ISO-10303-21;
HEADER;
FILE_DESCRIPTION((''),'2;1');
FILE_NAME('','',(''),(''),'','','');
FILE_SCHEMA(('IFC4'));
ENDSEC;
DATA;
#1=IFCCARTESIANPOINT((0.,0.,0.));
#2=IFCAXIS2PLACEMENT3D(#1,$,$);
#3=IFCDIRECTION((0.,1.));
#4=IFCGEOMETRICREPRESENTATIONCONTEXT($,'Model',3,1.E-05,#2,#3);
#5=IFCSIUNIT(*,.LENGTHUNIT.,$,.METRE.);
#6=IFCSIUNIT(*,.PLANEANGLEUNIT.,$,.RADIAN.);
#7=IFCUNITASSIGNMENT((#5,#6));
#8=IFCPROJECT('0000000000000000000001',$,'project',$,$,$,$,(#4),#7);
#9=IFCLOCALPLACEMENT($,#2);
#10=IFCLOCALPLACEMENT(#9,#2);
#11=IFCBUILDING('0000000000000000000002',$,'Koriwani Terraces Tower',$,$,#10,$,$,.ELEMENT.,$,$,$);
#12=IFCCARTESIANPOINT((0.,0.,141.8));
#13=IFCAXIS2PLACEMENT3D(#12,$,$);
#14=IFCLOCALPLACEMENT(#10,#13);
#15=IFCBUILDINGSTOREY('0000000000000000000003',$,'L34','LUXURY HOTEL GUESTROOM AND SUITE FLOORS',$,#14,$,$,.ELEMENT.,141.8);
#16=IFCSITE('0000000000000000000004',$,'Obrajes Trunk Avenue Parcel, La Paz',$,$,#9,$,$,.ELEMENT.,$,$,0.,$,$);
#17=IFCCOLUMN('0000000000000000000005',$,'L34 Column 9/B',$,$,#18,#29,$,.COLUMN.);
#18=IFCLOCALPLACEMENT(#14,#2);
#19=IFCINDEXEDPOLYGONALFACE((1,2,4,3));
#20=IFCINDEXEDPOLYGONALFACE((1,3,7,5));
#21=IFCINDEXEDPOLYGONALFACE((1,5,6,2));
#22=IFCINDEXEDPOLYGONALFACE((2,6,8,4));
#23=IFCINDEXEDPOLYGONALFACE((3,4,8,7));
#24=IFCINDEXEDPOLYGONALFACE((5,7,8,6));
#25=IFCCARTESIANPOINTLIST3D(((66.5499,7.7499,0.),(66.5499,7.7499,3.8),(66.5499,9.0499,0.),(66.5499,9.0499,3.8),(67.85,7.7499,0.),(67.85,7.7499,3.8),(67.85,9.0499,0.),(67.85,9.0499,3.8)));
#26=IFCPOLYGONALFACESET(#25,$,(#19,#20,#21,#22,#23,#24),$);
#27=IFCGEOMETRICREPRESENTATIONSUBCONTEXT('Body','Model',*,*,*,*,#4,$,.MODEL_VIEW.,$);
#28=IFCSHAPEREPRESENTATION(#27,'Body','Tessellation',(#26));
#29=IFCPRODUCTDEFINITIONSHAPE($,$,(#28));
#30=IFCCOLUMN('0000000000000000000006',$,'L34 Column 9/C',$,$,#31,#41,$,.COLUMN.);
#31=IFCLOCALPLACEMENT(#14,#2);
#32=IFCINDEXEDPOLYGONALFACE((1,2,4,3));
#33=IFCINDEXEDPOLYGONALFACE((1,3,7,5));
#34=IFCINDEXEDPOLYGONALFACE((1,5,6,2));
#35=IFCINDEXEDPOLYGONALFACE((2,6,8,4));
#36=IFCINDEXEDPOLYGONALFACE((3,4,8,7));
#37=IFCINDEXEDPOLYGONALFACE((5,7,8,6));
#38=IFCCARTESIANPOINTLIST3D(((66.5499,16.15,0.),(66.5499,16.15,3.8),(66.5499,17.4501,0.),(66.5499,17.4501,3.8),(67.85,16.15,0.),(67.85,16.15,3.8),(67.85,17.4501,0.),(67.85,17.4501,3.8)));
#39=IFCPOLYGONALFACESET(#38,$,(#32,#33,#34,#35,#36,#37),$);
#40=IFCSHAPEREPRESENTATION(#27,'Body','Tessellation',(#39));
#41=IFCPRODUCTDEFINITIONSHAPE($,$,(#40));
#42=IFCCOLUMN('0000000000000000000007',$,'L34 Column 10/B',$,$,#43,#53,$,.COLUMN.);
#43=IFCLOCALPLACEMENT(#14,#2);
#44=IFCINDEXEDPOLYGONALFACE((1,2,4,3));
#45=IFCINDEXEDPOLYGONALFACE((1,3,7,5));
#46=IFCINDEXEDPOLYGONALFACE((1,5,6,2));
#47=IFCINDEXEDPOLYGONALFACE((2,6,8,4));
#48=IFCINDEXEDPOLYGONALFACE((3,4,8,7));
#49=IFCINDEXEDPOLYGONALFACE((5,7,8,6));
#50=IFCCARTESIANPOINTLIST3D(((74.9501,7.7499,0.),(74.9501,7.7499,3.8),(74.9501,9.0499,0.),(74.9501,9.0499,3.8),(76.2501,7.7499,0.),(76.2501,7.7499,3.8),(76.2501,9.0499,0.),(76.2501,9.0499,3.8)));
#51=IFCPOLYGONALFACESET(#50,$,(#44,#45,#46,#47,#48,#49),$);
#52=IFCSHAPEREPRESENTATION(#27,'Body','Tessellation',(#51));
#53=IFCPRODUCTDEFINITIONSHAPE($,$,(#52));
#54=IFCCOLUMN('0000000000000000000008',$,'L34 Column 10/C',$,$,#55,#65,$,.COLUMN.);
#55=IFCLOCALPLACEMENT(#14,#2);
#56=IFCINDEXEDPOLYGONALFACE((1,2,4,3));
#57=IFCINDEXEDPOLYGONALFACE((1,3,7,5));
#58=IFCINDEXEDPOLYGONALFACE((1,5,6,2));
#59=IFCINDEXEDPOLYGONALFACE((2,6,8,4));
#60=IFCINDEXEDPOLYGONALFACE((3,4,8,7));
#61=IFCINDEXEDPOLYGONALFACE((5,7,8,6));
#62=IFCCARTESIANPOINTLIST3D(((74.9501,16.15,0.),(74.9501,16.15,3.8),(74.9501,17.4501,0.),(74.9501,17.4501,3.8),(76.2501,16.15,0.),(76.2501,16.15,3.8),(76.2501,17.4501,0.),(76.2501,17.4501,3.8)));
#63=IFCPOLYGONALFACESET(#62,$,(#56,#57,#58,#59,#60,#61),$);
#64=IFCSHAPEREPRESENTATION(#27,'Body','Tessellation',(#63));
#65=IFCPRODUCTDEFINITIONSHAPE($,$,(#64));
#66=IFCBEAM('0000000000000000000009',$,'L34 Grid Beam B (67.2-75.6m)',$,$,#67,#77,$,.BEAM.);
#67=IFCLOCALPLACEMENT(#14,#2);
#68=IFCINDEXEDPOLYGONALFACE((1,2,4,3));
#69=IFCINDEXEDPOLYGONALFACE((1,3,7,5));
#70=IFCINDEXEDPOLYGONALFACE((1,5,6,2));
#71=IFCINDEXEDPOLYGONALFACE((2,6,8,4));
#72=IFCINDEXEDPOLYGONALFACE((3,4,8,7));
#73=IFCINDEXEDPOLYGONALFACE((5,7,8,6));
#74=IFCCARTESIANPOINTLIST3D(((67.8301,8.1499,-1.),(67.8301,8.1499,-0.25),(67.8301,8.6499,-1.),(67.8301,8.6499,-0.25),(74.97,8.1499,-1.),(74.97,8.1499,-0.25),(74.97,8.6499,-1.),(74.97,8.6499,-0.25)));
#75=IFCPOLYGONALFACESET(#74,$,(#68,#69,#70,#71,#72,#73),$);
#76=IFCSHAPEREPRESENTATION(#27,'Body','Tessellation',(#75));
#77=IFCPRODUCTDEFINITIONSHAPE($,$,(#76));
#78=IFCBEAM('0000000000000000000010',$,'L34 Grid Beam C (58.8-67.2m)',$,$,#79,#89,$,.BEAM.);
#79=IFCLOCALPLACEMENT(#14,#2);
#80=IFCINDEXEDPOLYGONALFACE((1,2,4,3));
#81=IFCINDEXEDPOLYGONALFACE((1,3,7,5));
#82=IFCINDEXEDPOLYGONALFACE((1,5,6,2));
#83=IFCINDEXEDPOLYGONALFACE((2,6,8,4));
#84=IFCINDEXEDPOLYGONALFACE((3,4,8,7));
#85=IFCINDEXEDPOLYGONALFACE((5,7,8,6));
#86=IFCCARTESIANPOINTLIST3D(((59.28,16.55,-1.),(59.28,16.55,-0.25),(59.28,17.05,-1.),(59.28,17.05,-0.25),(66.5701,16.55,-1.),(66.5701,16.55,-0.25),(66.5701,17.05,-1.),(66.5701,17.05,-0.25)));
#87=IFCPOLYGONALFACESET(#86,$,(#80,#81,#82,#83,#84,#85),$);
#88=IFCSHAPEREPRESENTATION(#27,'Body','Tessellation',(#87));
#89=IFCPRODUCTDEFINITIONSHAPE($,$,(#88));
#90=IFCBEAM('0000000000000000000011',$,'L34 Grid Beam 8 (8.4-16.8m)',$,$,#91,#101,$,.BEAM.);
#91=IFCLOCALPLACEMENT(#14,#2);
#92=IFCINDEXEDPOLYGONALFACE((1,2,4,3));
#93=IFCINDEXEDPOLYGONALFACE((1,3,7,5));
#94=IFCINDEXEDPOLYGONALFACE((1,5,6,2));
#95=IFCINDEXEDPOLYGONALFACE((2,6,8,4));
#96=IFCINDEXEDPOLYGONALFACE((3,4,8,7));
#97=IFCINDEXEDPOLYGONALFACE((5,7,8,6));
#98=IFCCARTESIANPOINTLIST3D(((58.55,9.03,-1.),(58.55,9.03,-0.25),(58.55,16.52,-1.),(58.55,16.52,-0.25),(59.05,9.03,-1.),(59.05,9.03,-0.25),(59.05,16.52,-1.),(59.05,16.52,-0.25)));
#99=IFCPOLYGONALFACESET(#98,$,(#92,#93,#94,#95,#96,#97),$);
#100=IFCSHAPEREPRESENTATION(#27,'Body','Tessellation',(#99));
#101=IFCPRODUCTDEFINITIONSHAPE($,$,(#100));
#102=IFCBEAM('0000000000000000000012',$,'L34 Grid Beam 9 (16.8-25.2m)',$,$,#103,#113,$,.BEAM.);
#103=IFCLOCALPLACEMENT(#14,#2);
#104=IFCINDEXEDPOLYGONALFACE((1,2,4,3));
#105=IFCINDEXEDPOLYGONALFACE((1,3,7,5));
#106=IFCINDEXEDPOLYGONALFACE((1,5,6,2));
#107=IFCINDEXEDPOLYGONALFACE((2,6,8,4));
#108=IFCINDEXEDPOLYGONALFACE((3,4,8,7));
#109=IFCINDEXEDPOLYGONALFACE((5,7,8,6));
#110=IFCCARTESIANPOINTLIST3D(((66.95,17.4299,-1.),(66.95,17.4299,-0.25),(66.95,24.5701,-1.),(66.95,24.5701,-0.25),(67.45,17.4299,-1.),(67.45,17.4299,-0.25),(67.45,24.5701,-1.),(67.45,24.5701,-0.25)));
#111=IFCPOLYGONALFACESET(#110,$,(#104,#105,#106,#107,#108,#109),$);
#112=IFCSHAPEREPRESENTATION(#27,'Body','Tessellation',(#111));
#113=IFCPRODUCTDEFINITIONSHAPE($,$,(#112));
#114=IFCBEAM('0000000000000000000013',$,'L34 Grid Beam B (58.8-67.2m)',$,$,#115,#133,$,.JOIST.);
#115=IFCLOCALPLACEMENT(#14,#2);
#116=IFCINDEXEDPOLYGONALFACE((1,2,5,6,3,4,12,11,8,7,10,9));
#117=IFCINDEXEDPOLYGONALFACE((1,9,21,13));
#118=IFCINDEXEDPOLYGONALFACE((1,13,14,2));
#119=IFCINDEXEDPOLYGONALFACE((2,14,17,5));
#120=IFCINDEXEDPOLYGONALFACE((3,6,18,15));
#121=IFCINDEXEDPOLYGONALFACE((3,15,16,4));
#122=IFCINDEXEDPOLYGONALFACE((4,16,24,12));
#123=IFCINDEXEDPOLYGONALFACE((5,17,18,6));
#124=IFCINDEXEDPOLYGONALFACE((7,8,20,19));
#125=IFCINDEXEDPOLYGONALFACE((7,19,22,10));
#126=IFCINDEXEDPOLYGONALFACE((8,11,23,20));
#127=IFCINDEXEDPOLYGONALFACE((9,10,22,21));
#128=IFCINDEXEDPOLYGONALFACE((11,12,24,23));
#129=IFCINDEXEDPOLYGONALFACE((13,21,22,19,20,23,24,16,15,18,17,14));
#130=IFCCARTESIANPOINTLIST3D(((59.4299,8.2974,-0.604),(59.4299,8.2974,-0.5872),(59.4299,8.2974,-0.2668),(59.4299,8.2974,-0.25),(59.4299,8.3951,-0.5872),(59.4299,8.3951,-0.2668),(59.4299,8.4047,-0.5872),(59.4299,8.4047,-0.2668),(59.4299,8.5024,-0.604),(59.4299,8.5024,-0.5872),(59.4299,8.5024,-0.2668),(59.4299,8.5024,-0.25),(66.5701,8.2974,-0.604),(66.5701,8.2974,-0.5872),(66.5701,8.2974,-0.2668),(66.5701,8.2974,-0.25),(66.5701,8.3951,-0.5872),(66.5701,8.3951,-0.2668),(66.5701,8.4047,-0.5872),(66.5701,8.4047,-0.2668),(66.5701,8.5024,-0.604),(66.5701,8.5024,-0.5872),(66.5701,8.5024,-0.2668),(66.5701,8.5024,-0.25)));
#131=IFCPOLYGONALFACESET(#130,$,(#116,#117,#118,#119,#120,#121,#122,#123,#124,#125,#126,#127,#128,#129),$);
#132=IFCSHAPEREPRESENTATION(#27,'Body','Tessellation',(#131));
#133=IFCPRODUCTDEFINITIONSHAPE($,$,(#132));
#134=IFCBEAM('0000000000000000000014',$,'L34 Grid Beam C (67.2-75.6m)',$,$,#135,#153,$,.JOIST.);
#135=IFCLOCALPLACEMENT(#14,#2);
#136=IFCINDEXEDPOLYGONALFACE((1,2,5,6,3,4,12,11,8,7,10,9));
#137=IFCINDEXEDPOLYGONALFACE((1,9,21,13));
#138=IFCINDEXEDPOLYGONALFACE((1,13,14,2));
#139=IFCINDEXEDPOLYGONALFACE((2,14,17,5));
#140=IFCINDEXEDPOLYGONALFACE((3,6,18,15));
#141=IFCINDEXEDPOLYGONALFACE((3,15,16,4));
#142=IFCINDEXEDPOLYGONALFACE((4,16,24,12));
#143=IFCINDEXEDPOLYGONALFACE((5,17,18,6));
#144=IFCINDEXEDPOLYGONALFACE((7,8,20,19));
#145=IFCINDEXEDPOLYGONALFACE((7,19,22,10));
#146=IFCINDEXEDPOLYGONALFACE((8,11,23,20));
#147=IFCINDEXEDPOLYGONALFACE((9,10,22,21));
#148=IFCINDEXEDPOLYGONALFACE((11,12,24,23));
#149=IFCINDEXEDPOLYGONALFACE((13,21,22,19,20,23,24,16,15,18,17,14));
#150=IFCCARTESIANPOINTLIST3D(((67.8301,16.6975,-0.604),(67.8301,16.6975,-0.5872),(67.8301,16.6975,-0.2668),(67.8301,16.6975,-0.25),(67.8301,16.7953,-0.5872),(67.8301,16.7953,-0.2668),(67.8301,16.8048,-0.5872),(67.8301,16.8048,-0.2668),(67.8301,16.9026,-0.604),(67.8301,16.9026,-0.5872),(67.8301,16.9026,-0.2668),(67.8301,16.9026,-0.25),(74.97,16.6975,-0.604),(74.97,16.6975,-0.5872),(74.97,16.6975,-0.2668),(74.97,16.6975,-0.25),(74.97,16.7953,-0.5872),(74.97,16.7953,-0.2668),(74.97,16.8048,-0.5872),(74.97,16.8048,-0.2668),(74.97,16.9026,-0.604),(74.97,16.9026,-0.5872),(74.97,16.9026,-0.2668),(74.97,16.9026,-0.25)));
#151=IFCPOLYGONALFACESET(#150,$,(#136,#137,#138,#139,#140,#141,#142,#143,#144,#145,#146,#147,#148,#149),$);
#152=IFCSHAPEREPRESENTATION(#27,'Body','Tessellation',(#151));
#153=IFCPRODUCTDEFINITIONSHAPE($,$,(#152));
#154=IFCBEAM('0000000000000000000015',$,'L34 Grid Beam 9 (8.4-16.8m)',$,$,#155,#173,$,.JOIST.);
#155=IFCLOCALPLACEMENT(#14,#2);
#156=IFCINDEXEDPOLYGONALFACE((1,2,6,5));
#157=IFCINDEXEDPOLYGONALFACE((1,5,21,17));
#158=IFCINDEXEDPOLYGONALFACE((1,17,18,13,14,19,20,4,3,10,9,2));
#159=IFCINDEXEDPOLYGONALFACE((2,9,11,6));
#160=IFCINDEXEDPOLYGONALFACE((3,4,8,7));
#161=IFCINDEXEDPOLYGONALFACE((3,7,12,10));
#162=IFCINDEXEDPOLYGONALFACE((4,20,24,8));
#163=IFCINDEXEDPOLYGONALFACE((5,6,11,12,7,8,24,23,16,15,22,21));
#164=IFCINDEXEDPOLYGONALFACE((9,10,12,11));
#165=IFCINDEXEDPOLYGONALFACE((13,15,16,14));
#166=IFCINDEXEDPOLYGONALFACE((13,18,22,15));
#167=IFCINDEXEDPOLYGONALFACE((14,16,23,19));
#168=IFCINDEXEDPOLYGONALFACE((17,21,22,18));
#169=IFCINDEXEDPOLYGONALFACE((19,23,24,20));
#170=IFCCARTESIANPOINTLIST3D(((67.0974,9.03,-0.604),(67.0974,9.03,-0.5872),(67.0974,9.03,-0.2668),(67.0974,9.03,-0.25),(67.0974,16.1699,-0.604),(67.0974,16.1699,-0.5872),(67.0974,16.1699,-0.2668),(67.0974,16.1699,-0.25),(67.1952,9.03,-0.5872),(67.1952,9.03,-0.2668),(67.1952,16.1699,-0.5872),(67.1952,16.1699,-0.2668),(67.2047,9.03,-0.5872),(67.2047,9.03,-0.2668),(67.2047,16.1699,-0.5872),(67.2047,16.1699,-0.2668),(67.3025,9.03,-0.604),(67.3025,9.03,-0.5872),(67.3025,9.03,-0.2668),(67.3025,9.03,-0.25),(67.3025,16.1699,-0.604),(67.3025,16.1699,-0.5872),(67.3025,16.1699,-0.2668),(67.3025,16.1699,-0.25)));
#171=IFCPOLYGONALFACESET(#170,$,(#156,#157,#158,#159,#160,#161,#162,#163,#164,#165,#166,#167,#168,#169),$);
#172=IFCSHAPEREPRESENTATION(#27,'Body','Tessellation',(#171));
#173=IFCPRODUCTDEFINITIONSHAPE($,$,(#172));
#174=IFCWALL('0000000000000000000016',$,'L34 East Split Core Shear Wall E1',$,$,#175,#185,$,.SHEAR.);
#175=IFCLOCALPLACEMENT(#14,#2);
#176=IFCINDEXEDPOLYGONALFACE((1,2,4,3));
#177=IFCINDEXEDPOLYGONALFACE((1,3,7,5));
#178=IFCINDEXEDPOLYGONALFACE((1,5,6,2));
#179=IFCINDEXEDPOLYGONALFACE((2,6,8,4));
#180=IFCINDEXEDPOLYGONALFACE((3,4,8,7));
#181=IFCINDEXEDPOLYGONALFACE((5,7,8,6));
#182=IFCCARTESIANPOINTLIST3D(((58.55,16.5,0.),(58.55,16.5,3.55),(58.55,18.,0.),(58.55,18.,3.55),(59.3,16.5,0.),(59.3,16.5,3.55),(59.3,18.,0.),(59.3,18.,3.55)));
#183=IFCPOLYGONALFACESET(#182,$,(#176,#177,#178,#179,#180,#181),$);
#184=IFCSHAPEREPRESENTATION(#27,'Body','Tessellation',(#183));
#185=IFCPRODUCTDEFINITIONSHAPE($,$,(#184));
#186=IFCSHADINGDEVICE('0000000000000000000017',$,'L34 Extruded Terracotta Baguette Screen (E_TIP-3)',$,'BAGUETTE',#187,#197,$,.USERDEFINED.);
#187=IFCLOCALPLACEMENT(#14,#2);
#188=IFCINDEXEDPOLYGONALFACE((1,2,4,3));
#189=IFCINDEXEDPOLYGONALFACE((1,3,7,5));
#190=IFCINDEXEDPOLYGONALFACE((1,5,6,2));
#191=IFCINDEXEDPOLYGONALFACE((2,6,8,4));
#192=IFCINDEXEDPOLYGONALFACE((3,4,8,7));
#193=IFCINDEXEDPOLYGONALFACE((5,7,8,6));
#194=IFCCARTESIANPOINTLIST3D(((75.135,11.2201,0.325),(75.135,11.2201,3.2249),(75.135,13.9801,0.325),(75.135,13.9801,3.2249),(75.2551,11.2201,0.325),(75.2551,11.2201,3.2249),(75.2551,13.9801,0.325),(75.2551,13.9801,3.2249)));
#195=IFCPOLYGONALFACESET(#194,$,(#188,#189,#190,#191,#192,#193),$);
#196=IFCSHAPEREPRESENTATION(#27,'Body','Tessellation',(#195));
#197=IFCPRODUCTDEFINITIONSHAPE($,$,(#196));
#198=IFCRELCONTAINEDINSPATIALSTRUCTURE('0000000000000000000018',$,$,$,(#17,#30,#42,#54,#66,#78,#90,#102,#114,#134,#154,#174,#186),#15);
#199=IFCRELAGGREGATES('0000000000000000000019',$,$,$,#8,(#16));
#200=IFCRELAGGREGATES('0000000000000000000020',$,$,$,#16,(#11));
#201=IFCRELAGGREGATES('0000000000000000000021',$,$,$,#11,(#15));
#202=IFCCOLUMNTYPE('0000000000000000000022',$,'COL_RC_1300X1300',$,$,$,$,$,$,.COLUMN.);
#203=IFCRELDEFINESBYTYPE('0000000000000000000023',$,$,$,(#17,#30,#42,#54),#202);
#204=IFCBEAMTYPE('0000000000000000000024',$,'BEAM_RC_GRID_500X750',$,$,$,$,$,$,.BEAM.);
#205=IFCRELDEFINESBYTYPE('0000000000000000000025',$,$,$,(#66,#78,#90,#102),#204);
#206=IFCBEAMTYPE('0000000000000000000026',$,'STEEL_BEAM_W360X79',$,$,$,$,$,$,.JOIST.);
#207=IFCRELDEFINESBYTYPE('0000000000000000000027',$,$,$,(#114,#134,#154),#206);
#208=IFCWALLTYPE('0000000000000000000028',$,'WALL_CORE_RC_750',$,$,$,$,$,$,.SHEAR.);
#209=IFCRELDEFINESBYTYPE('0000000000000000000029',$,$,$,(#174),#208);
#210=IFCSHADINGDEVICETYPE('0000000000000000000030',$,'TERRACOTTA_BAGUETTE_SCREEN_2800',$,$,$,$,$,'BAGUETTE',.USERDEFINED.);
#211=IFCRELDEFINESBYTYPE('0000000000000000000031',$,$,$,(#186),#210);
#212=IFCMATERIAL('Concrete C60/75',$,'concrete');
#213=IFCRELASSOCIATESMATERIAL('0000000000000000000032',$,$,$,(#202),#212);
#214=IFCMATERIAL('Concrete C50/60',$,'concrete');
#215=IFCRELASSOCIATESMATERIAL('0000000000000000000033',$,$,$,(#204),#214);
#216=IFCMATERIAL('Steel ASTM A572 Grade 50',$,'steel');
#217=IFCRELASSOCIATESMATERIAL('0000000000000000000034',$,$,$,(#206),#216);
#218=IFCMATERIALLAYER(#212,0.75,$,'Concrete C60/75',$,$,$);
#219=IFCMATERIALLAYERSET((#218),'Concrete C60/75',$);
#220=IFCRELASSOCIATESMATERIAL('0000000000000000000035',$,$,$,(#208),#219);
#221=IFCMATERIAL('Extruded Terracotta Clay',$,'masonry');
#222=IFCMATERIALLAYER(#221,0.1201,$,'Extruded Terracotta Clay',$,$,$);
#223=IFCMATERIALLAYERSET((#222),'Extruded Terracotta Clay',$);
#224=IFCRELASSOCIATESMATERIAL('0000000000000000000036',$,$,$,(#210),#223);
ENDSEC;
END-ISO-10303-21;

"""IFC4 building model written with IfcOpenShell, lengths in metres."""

from ifc_helpers import new_model, si_unit, direction, frame, frame_2d, origin, origin_2d, place, context, subcontext, project, spatial, rectangle, i_section, extrude, material, layer, layer_set, material_profile, profile_set, type_object, element, save


model = new_model("IFC4")

# Units and contexts
model_context = context("Model", 3, precision=1e-05, world=origin(), true_north=direction((0.0, 1.0)))
body_context = subcontext(model_context, "Body", "Model", "MODEL_VIEW")
ifc_project = project(units=[si_unit("LENGTHUNIT", "METRE"), si_unit("PLANEANGLEUNIT", "RADIAN")], contexts=[model_context])

# Site, building, storey
site_placement = place(None, origin())
site = spatial("IfcSite", under=ifc_project, at=site_placement, Name="Obrajes Trunk Avenue Parcel, La Paz", CompositionType="ELEMENT", RefElevation=0.0)
building_placement = place(site_placement, origin())
building = spatial("IfcBuilding", under=site, at=building_placement, Name="Koriwani Terraces Tower", CompositionType="ELEMENT")
storey_placement = place(building_placement, frame((0.0, 0.0, 141.8)))
storey = spatial("IfcBuildingStorey", under=building, at=storey_placement, Name="L34", Description="LUXURY HOTEL GUESTROOM AND SUITE FLOORS", CompositionType="ELEMENT", Elevation=141.8)

# Columns
ifc_material_1 = material(Name="Concrete C60/75", Category="concrete")
ifc_material_profile_1 = material_profile(ifc_material_1, rectangle(XDim=1.3, YDim=1.3, at=origin_2d()), Name="Concrete C60/75", Category="LoadBearing")
ifc_profile_set_1 = profile_set([ifc_material_profile_1], Name="Concrete C60/75")
column_type = type_object("IfcColumnType", Name="COL_RC_1300X1300", PredefinedType="COLUMN", material=ifc_profile_set_1)
for number, where, z_axis, x_axis, name in (
    (1, (67.2, 8.3999, 0.0), (0.0, 0.0, 1.0), (1.0, 0.0, 0.0), "L34 Column 9/B"),
    (2, (67.2, 16.8, 0.0), (0.0, 0.0, 1.0), (1.0, 0.0, 0.0), "L34 Column 9/C"),
    (3, (75.6001, 8.3999, 0.0), (0.0, 0.0, 1.0), (1.0, 0.0, 0.0), "L34 Column 10/B"),
    (4, (75.6001, 16.8, 0.0), (0.0, 0.0, 1.0), (1.0, 0.0, 0.0), "L34 Column 10/C"),
):
    element("IfcColumn", number, at=place(storey_placement, frame(where, z_axis=z_axis, x_axis=x_axis)), inside=storey, type_object=column_type, Name=name, PredefinedType="COLUMN", context=body_context, shape_type="SweptSolid", body=[
        extrude(rectangle(XDim=1.3, YDim=1.3, at=origin_2d()), origin(), (0.0, 0.0, 1.0), 3.8),
    ])

# Beams
ifc_material_2 = material(Name="Concrete C50/60", Category="concrete")
ifc_material_profile_2 = material_profile(ifc_material_2, rectangle(XDim=0.5, YDim=0.75, at=origin_2d()), Name="Concrete C50/60", Category="LoadBearing")
ifc_profile_set_2 = profile_set([ifc_material_profile_2], Name="Concrete C50/60")
beam_type_1 = type_object("IfcBeamType", Name="BEAM_RC_GRID_500X750", PredefinedType="BEAM", material=ifc_profile_set_2)
beam_1_placement = place(storey_placement, frame((67.8301, 8.3999, -0.625), z_axis=(1.0, 0.0, 0.0), x_axis=(0.0, 1.0, 0.0)))
element("IfcBeam", 5, at=beam_1_placement, inside=storey, type_object=beam_type_1, Name="L34 Grid Beam B (67.2-75.6m)", PredefinedType="BEAM", context=body_context, shape_type="SweptSolid", body=[
    extrude(rectangle(XDim=0.5, YDim=0.75, at=origin_2d()), origin(), (0.0, 0.0, 1.0), 7.1399),
])
beam_2_placement = place(storey_placement, frame((59.28, 16.8, -0.625), z_axis=(1.0, 0.0, 0.0), x_axis=(0.0, 1.0, 0.0)))
element("IfcBeam", 6, at=beam_2_placement, inside=storey, type_object=beam_type_1, Name="L34 Grid Beam C (58.8-67.2m)", PredefinedType="BEAM", context=body_context, shape_type="SweptSolid", body=[
    extrude(rectangle(XDim=0.5, YDim=0.75, at=origin_2d()), origin(), (0.0, 0.0, 1.0), 7.29),
])
beam_3_placement = place(storey_placement, frame((58.8, 9.03, -0.625), z_axis=(0.0, 1.0, 0.0), x_axis=(-1.0, 0.0, 0.0)))
element("IfcBeam", 7, at=beam_3_placement, inside=storey, type_object=beam_type_1, Name="L34 Grid Beam 8 (8.4-16.8m)", PredefinedType="BEAM", context=body_context, shape_type="SweptSolid", body=[
    extrude(rectangle(XDim=0.5, YDim=0.75, at=origin_2d()), origin(), (0.0, 0.0, 1.0), 7.49),
])
beam_4_placement = place(storey_placement, frame((67.2, 17.4299, -0.625), z_axis=(0.0, 1.0, 0.0), x_axis=(-1.0, 0.0, 0.0)))
element("IfcBeam", 8, at=beam_4_placement, inside=storey, type_object=beam_type_1, Name="L34 Grid Beam 9 (16.8-25.2m)", PredefinedType="BEAM", context=body_context, shape_type="SweptSolid", body=[
    extrude(rectangle(XDim=0.5, YDim=0.75, at=origin_2d()), origin(), (0.0, 0.0, 1.0), 7.1401),
])
ifc_material_3 = material(Name="Steel ASTM A572 Grade 50", Category="steel")
ifc_material_profile_3 = material_profile(ifc_material_3, i_section(OverallWidth=0.2051, OverallDepth=0.354, WebThickness=0.0095, FlangeThickness=0.0168, at=origin_2d()), Name="Steel ASTM A572 Grade 50", Category="LoadBearing")
ifc_profile_set_3 = profile_set([ifc_material_profile_3], Name="Steel ASTM A572 Grade 50")
beam_type_2 = type_object("IfcBeamType", Name="STEEL_BEAM_W360X79", PredefinedType="JOIST", material=ifc_profile_set_3)
beam_5_placement = place(storey_placement, frame((59.4299, 8.3999, -0.427), z_axis=(1.0, 0.0, 0.0), x_axis=(0.0, 1.0, 0.0)))
element("IfcBeam", 9, at=beam_5_placement, inside=storey, type_object=beam_type_2, Name="L34 Grid Beam B (58.8-67.2m)", PredefinedType="JOIST", context=body_context, shape_type="SweptSolid", body=[
    extrude(i_section(OverallWidth=0.2051, OverallDepth=0.354, WebThickness=0.0095, FlangeThickness=0.0168, at=origin_2d()), origin(), (0.0, 0.0, 1.0), 7.1401),
])
for number, where, z_axis, x_axis, name in (
    (10, (67.8301, 16.8, -0.427), (1.0, 0.0, 0.0), (0.0, 1.0, 0.0), "L34 Grid Beam C (67.2-75.6m)"),
    (11, (67.2, 9.03, -0.427), (0.0, 1.0, 0.0), (-1.0, 0.0, 0.0), "L34 Grid Beam 9 (8.4-16.8m)"),
):
    element("IfcBeam", number, at=place(storey_placement, frame(where, z_axis=z_axis, x_axis=x_axis)), inside=storey, type_object=beam_type_2, Name=name, PredefinedType="JOIST", context=body_context, shape_type="SweptSolid", body=[
        extrude(i_section(OverallWidth=0.2051, OverallDepth=0.354, WebThickness=0.0095, FlangeThickness=0.0168, at=origin_2d()), origin(), (0.0, 0.0, 1.0), 7.1399),
    ])

# Wall
ifc_layer_1 = layer(ifc_material_1, 0.75, Name="Concrete C60/75")
ifc_layer_set_1 = layer_set([ifc_layer_1], Name="Concrete C60/75")
wall_type = type_object("IfcWallType", Name="WALL_CORE_RC_750", PredefinedType="SHEAR", material=ifc_layer_set_1)
wall_placement = place(storey_placement, frame((58.925, 16.5, 0.0), z_axis=(0.0, 0.0, 1.0), x_axis=(0.0, 1.0, 0.0)))
element("IfcWall", 12, at=wall_placement, inside=storey, type_object=wall_type, Name="L34 East Split Core Shear Wall E1", PredefinedType="SHEAR", context=body_context, shape_type="SweptSolid", body=[
    extrude(rectangle(XDim=1.5, YDim=0.75, at=frame_2d((0.75, 0.0))), origin(), (0.0, 0.0, 1.0), 3.55),
])

# Shading device
ifc_material_4 = material(Name="Extruded Terracotta Clay", Category="masonry")
ifc_layer_2 = layer(ifc_material_4, 0.1201, Name="Extruded Terracotta Clay")
ifc_layer_set_2 = layer_set([ifc_layer_2], Name="Extruded Terracotta Clay")
shading_device_type = type_object("IfcShadingDeviceType", Name="TERRACOTTA_BAGUETTE_SCREEN_2800", ElementType="BAGUETTE", PredefinedType="USERDEFINED", material=ifc_layer_set_2)
shading_device_placement = place(storey_placement, frame((75.1951, 12.6001, 0.325), z_axis=(0.0, 0.0, 1.0), x_axis=(0.0, -1.0, 0.0)))
element("IfcShadingDevice", 13, at=shading_device_placement, inside=storey, type_object=shading_device_type, Name="L34 Extruded Terracotta Baguette Screen (E_TIP-3)", ObjectType="BAGUETTE", PredefinedType="USERDEFINED", context=body_context, shape_type="SweptSolid", body=[
    extrude(rectangle(XDim=2.76, YDim=0.1201, at=origin_2d()), origin(), (0.0, 0.0, 1.0), 2.8999),
])

save(model, "model.ifc")
